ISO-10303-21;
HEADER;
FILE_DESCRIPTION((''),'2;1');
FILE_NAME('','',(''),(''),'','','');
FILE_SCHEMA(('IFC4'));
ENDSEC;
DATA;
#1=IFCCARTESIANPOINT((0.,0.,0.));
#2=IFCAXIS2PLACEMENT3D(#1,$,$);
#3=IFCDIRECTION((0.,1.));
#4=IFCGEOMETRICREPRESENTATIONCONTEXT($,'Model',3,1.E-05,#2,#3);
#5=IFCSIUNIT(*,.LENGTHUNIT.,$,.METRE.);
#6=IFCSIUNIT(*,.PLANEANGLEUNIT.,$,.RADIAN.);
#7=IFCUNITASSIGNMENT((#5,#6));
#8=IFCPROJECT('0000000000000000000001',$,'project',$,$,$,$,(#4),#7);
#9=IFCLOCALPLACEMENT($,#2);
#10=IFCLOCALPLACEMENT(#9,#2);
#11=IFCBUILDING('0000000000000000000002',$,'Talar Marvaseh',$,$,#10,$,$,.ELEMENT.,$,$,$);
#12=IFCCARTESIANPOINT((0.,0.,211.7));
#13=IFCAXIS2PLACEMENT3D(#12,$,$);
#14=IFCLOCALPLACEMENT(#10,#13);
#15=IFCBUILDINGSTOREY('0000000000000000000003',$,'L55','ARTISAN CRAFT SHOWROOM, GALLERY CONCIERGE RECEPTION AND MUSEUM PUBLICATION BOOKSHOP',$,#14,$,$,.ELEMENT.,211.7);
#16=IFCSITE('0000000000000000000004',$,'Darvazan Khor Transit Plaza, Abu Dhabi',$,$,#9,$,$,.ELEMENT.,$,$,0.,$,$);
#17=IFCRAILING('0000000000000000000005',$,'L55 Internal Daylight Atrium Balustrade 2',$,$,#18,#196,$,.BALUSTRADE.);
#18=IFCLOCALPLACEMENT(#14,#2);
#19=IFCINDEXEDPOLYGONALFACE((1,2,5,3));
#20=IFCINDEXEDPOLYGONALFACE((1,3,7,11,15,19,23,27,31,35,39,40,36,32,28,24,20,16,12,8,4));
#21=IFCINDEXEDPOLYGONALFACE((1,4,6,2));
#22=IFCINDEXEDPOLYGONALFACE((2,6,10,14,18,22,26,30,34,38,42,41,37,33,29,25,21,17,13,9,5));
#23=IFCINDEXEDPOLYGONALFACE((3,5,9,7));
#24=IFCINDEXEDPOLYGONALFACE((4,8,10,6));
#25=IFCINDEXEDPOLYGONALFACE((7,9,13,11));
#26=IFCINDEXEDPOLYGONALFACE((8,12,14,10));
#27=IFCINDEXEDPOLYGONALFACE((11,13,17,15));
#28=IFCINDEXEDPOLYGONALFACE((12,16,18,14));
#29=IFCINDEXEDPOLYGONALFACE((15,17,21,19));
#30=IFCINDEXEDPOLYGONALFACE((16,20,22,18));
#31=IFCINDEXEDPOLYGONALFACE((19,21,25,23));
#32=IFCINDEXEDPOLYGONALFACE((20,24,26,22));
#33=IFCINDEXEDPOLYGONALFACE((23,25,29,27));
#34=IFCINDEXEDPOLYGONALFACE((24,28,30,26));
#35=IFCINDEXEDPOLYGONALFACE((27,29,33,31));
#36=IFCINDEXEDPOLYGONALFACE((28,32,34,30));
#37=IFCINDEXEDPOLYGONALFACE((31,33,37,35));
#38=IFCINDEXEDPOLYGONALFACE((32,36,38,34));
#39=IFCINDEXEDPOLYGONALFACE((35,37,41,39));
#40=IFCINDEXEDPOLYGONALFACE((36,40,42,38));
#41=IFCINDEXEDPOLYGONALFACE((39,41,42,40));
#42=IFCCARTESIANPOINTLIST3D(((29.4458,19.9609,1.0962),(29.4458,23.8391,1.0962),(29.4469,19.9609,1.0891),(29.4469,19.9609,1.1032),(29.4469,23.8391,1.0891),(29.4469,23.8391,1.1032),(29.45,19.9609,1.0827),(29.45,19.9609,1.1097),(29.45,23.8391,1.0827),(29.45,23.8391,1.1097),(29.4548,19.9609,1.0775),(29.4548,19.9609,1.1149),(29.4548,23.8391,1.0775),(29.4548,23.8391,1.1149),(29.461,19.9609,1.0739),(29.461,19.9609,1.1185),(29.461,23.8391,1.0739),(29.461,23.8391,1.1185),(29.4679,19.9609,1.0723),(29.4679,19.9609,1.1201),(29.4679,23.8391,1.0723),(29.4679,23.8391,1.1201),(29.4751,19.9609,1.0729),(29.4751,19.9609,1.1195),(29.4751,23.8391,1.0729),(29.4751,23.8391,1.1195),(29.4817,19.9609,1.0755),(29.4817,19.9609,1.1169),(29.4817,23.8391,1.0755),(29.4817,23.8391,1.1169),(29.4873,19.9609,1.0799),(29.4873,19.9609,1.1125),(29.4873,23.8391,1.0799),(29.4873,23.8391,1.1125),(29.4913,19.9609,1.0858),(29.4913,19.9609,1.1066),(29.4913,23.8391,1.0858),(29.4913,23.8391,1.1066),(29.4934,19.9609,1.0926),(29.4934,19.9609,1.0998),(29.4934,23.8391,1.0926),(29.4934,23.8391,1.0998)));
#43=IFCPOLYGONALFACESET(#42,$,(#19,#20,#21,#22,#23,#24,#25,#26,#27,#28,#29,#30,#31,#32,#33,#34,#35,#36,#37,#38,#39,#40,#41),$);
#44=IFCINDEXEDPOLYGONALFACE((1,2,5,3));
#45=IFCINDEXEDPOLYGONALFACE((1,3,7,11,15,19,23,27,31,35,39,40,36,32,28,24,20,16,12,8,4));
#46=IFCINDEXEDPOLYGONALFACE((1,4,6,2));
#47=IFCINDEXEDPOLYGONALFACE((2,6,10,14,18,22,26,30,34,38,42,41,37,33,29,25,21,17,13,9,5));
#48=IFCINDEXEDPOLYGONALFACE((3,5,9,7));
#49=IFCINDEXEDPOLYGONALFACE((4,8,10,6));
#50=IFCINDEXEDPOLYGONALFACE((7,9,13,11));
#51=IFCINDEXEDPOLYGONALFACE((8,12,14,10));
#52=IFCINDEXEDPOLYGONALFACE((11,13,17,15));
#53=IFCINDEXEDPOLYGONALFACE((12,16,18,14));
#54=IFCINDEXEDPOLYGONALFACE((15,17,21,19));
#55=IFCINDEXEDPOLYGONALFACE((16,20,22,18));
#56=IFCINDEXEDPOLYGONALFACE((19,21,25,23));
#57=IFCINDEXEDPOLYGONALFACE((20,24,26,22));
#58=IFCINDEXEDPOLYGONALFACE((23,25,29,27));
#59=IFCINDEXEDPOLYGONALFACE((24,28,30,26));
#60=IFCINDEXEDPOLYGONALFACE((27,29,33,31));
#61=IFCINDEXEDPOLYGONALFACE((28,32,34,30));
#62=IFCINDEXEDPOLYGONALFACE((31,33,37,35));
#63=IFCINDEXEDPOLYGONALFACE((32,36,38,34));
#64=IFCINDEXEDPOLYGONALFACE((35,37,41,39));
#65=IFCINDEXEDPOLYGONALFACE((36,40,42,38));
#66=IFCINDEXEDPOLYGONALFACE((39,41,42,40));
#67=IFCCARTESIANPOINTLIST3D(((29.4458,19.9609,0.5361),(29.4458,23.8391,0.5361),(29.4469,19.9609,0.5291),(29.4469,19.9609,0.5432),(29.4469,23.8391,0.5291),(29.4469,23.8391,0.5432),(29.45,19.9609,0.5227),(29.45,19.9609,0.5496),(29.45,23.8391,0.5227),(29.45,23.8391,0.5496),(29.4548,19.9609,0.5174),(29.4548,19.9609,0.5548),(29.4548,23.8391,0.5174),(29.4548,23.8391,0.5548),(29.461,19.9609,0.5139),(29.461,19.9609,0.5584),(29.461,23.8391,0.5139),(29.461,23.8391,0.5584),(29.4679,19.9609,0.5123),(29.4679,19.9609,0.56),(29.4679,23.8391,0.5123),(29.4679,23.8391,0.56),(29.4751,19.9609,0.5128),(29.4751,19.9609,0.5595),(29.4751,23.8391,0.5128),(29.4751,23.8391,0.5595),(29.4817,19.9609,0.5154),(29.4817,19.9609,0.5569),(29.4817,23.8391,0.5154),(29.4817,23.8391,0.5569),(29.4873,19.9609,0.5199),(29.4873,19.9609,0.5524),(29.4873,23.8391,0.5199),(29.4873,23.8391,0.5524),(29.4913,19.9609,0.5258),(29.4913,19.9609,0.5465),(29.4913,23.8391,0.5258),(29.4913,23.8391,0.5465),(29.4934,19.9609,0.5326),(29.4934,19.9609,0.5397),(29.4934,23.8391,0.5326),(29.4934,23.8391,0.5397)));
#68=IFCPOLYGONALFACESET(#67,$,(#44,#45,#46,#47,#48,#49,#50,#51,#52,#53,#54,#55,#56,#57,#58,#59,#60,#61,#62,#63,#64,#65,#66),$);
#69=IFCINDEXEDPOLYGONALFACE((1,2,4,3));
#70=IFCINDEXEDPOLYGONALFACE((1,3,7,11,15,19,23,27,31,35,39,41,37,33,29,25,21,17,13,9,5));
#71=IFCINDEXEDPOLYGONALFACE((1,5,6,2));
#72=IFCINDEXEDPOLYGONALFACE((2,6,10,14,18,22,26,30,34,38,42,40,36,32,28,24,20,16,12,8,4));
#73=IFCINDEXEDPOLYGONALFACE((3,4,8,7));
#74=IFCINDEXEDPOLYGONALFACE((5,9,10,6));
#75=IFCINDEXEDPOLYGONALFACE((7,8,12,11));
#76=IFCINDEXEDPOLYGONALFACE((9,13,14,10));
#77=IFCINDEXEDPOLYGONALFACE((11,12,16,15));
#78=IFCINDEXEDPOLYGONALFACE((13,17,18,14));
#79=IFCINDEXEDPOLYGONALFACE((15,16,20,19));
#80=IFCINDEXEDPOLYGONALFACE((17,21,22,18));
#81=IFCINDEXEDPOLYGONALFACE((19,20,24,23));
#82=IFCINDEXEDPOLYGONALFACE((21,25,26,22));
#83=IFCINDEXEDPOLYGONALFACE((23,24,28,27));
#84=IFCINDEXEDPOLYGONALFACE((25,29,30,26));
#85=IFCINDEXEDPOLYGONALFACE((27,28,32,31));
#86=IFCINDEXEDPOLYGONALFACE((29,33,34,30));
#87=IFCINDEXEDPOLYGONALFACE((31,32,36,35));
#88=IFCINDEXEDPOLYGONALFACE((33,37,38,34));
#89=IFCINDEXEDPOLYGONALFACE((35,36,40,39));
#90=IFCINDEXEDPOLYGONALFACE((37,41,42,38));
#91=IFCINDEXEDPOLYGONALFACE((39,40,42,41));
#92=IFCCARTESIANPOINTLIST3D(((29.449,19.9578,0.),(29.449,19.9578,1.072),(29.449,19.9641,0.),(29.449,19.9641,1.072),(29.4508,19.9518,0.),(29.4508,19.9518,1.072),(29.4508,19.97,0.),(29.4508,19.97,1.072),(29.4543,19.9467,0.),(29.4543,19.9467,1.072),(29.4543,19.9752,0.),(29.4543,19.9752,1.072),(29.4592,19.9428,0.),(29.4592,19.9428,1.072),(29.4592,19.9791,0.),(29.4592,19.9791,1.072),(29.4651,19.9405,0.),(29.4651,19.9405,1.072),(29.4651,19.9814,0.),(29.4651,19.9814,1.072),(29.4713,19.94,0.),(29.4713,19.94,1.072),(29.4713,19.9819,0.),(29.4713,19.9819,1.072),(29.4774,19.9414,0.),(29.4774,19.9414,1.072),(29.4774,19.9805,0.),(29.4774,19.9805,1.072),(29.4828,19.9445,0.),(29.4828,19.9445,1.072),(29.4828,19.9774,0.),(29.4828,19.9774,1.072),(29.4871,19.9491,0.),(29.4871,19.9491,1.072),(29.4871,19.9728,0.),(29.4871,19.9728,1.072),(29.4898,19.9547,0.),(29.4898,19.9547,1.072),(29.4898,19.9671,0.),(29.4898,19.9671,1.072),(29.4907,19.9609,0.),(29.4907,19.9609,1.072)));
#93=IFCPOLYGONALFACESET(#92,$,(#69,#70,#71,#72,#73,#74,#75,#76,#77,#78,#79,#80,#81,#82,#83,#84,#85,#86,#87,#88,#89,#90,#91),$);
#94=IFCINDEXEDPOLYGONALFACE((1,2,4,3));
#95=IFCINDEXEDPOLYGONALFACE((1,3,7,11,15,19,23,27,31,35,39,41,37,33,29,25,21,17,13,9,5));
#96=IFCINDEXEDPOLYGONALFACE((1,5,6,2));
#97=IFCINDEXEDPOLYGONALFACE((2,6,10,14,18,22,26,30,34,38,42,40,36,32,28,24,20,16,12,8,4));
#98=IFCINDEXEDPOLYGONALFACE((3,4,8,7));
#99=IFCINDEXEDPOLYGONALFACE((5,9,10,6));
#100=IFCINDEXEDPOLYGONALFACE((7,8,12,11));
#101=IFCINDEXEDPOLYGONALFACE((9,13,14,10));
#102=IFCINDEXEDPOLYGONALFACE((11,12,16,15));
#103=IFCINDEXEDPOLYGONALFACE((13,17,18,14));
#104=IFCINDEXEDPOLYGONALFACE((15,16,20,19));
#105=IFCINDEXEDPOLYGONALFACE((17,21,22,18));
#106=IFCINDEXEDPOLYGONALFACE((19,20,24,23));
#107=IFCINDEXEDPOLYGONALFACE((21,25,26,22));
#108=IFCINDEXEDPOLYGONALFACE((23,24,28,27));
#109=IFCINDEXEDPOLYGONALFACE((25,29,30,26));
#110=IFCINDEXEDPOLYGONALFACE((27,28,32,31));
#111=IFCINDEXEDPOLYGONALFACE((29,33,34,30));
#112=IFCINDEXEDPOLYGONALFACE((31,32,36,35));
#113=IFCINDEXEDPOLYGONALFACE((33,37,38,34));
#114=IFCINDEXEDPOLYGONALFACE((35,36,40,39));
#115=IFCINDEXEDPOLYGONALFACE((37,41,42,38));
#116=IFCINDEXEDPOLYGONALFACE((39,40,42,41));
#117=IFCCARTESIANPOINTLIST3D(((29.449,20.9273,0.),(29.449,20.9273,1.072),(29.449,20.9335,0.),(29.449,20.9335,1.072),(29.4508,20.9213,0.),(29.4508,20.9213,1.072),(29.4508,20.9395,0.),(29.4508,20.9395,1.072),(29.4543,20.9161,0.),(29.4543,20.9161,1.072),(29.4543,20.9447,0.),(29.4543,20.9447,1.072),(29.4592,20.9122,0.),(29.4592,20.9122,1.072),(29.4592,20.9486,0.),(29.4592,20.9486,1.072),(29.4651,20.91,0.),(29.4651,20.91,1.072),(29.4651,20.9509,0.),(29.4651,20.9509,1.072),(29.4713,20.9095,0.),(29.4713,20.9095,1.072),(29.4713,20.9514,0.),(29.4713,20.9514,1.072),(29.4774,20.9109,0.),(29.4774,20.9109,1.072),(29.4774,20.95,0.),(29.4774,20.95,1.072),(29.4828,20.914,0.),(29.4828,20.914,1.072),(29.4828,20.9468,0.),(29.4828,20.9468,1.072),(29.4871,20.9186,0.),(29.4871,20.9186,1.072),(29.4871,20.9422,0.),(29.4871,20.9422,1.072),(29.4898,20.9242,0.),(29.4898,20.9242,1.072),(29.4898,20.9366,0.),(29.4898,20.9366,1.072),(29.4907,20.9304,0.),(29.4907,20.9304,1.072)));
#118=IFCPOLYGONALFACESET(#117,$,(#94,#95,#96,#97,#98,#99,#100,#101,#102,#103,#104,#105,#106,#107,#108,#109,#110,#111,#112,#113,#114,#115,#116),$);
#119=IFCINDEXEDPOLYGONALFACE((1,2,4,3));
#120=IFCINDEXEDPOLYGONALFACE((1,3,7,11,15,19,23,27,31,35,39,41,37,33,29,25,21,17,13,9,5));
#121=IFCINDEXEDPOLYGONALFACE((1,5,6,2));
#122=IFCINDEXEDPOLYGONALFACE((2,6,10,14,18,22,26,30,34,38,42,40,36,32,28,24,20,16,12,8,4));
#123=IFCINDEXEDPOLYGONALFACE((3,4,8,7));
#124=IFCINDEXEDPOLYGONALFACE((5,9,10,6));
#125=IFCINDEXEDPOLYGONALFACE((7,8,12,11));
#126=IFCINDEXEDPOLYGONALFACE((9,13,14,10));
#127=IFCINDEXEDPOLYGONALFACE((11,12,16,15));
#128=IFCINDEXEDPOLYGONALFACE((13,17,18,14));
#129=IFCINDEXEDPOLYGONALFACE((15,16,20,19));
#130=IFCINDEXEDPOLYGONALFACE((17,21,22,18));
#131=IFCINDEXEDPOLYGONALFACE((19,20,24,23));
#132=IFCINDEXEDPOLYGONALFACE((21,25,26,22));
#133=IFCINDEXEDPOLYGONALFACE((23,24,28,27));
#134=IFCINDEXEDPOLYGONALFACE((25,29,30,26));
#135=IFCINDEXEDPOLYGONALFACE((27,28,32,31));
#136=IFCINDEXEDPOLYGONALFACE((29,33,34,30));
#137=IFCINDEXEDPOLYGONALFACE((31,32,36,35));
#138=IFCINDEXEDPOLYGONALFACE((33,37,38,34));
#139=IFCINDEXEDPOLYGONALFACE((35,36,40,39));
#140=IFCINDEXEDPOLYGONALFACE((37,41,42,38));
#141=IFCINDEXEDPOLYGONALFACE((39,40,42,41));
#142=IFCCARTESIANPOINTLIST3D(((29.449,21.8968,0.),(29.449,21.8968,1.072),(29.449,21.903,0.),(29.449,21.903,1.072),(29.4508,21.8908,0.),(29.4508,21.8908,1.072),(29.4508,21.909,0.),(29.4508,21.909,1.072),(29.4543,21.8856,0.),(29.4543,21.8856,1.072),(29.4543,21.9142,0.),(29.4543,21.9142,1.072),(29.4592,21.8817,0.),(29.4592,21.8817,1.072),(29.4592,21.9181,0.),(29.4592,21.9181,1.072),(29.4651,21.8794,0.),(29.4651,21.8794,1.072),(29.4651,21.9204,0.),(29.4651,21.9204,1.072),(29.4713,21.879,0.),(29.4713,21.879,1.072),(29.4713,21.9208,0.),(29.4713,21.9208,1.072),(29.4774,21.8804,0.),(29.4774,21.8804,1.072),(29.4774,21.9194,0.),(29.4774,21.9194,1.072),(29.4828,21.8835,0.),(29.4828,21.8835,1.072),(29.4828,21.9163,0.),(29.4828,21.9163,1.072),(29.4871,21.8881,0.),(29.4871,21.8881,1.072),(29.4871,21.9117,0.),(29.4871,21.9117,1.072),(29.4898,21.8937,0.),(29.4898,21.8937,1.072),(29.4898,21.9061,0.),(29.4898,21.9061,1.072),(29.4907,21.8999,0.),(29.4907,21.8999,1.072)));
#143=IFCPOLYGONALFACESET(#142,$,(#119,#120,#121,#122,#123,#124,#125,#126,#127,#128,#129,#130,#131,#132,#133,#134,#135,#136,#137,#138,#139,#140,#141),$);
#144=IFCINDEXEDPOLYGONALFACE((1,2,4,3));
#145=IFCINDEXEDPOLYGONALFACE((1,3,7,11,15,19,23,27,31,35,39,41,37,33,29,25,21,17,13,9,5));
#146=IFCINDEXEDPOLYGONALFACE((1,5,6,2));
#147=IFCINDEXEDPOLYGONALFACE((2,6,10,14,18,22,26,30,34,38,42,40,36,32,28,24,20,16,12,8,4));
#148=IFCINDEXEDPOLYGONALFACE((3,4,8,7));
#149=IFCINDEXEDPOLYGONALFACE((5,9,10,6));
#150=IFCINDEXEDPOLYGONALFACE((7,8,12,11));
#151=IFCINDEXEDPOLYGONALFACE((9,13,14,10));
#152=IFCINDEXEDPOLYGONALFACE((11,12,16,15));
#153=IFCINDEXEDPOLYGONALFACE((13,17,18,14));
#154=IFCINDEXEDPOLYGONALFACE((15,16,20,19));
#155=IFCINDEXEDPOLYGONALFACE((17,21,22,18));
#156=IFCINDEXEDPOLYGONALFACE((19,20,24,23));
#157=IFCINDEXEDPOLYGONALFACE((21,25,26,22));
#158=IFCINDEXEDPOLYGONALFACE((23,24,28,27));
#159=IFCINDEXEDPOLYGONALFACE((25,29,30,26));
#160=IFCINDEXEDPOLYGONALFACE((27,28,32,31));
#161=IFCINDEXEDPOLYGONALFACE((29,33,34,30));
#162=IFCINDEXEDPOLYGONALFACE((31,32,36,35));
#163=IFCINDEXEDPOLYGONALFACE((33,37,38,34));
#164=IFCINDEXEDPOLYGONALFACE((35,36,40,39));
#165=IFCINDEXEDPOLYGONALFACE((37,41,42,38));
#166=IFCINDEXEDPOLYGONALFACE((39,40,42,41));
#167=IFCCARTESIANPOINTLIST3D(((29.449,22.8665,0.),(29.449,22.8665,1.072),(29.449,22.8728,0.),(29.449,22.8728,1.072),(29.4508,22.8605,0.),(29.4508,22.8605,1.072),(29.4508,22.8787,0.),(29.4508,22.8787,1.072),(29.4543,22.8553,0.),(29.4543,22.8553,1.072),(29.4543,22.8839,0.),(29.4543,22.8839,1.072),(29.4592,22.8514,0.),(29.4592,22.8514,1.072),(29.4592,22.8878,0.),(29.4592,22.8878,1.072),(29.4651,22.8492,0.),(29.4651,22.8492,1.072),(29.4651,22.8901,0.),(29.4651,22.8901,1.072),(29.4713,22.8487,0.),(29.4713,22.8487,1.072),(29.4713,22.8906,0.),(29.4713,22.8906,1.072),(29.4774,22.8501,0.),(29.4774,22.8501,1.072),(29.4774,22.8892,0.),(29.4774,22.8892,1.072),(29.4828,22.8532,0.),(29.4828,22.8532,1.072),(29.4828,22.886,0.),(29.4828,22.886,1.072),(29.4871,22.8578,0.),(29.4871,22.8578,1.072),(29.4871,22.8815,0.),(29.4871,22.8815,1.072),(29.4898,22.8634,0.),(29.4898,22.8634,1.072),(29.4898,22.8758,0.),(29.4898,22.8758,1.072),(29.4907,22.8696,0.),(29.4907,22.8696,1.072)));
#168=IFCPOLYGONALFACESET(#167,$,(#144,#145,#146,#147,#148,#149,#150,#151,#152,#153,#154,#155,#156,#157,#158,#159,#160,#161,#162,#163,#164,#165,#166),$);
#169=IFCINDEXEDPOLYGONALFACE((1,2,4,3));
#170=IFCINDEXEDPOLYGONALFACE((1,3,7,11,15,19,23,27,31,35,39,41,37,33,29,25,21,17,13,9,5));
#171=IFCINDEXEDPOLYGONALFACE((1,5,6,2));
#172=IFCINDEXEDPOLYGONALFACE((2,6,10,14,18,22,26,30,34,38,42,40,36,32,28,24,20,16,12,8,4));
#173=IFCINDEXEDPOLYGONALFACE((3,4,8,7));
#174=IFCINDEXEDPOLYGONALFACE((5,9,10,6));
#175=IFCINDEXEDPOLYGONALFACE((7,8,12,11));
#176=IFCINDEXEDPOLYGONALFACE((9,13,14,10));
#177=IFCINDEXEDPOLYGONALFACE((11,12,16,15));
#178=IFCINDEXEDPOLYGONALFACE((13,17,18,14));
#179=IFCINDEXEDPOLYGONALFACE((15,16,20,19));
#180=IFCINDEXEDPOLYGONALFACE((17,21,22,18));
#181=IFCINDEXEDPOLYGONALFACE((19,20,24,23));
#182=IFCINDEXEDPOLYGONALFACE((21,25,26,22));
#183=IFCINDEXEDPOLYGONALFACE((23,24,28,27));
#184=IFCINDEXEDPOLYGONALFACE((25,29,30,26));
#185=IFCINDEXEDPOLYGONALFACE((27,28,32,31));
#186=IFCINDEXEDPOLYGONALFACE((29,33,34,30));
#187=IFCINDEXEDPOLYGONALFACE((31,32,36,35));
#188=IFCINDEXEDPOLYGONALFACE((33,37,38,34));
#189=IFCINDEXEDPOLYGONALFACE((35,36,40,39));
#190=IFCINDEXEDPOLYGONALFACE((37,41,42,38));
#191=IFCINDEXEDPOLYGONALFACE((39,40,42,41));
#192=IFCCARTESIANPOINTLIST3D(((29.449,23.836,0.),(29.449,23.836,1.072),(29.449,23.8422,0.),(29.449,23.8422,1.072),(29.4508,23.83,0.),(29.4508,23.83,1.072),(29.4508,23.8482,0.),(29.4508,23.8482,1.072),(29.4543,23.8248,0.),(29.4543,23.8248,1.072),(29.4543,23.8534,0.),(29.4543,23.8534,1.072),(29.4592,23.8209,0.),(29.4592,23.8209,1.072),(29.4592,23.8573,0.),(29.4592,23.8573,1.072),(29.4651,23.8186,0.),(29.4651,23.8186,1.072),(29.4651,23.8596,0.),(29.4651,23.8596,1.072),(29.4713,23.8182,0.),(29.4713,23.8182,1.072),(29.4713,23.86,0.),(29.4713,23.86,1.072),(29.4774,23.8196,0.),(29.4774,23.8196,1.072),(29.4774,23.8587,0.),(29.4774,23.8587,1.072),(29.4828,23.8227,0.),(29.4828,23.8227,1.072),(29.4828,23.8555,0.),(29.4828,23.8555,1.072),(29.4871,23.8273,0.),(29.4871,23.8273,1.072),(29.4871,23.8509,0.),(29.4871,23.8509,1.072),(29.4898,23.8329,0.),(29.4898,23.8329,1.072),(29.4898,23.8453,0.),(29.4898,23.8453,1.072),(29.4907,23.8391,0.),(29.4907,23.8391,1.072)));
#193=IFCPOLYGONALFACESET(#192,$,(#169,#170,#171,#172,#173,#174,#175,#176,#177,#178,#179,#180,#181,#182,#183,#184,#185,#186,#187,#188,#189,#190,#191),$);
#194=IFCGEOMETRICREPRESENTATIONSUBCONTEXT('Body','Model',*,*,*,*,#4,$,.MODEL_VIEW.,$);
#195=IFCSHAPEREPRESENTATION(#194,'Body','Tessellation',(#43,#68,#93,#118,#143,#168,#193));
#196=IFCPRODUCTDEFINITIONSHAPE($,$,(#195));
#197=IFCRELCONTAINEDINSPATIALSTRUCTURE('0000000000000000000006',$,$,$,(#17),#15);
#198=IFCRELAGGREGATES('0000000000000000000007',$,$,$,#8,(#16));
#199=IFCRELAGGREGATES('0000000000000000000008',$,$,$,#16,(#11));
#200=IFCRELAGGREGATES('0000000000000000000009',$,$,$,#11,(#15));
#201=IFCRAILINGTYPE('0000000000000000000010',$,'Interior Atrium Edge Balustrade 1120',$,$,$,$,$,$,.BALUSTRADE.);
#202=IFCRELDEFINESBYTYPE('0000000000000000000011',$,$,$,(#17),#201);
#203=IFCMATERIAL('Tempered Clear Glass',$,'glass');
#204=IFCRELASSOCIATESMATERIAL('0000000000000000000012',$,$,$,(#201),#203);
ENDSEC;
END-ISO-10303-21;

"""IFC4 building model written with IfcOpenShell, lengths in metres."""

from ifc_helpers import new_model, si_unit, direction, frame, origin, origin_2d, place, context, subcontext, project, spatial, circle, extrude, material, type_object, element, save


model = new_model("IFC4")

# Units and contexts
model_context = context("Model", 3, precision=1e-05, world=origin(), true_north=direction((0.0, 1.0)))
body_context = subcontext(model_context, "Body", "Model", "MODEL_VIEW")
ifc_project = project(units=[si_unit("LENGTHUNIT", "METRE"), si_unit("PLANEANGLEUNIT", "RADIAN")], contexts=[model_context])

# Site, building, storey
site_placement = place(None, origin())
site = spatial("IfcSite", under=ifc_project, at=site_placement, Name="Darvazan Khor Transit Plaza, Abu Dhabi", CompositionType="ELEMENT", RefElevation=0.0)
building_placement = place(site_placement, origin())
building = spatial("IfcBuilding", under=site, at=building_placement, Name="Talar Marvaseh", CompositionType="ELEMENT")
storey_placement = place(building_placement, frame((0.0, 0.0, 211.7)))
storey = spatial("IfcBuildingStorey", under=building, at=storey_placement, Name="L55", Description="ARTISAN CRAFT SHOWROOM, GALLERY CONCIERGE RECEPTION AND MUSEUM PUBLICATION BOOKSHOP", CompositionType="ELEMENT", Elevation=211.7)

# Railing
ifc_material_1 = material(Name="Tempered Clear Glass", Category="glass")
railing_type = type_object("IfcRailingType", Name="Interior Atrium Edge Balustrade 1120", PredefinedType="BALUSTRADE", material=ifc_material_1)
railing_1_placement = place(storey_placement, frame((29.4697, 19.9609, 0.0)))
element("IfcRailing", 1, at=railing_1_placement, inside=storey, type_object=railing_type, Name="L55 Internal Daylight Atrium Balustrade 2", PredefinedType="BALUSTRADE", context=body_context, shape_type="SweptSolid", body=[
    extrude(circle(Radius=0.0239, at=origin_2d()), frame((0.0, 0.0, 1.0962), z_axis=(0.0, 1.0, 0.0), x_axis=(-1.0, 0.0, 0.0)), (0.0, 0.0, 1.0), 3.8782),
    extrude(circle(Radius=0.0239, at=origin_2d()), frame((0.0, 0.0, 0.5361), z_axis=(0.0, 1.0, 0.0), x_axis=(-1.0, 0.0, 0.0)), (0.0, 0.0, 1.0), 3.8782),
    extrude(circle(Radius=0.021, at=origin_2d()), origin(), (0.0, 0.0, 1.0), 1.072),
    extrude(circle(Radius=0.021, at=origin_2d()), frame((0.0, 0.9695, 0.0)), (0.0, 0.0, 1.0), 1.072),
    extrude(circle(Radius=0.021, at=origin_2d()), frame((0.0, 1.939, 0.0)), (0.0, 0.0, 1.0), 1.072),
    extrude(circle(Radius=0.021, at=origin_2d()), frame((0.0, 2.9087, 0.0)), (0.0, 0.0, 1.0), 1.072),
    extrude(circle(Radius=0.021, at=origin_2d()), frame((0.0, 3.8782, 0.0)), (0.0, 0.0, 1.0), 1.072),
])

save(model, "model.ifc")
